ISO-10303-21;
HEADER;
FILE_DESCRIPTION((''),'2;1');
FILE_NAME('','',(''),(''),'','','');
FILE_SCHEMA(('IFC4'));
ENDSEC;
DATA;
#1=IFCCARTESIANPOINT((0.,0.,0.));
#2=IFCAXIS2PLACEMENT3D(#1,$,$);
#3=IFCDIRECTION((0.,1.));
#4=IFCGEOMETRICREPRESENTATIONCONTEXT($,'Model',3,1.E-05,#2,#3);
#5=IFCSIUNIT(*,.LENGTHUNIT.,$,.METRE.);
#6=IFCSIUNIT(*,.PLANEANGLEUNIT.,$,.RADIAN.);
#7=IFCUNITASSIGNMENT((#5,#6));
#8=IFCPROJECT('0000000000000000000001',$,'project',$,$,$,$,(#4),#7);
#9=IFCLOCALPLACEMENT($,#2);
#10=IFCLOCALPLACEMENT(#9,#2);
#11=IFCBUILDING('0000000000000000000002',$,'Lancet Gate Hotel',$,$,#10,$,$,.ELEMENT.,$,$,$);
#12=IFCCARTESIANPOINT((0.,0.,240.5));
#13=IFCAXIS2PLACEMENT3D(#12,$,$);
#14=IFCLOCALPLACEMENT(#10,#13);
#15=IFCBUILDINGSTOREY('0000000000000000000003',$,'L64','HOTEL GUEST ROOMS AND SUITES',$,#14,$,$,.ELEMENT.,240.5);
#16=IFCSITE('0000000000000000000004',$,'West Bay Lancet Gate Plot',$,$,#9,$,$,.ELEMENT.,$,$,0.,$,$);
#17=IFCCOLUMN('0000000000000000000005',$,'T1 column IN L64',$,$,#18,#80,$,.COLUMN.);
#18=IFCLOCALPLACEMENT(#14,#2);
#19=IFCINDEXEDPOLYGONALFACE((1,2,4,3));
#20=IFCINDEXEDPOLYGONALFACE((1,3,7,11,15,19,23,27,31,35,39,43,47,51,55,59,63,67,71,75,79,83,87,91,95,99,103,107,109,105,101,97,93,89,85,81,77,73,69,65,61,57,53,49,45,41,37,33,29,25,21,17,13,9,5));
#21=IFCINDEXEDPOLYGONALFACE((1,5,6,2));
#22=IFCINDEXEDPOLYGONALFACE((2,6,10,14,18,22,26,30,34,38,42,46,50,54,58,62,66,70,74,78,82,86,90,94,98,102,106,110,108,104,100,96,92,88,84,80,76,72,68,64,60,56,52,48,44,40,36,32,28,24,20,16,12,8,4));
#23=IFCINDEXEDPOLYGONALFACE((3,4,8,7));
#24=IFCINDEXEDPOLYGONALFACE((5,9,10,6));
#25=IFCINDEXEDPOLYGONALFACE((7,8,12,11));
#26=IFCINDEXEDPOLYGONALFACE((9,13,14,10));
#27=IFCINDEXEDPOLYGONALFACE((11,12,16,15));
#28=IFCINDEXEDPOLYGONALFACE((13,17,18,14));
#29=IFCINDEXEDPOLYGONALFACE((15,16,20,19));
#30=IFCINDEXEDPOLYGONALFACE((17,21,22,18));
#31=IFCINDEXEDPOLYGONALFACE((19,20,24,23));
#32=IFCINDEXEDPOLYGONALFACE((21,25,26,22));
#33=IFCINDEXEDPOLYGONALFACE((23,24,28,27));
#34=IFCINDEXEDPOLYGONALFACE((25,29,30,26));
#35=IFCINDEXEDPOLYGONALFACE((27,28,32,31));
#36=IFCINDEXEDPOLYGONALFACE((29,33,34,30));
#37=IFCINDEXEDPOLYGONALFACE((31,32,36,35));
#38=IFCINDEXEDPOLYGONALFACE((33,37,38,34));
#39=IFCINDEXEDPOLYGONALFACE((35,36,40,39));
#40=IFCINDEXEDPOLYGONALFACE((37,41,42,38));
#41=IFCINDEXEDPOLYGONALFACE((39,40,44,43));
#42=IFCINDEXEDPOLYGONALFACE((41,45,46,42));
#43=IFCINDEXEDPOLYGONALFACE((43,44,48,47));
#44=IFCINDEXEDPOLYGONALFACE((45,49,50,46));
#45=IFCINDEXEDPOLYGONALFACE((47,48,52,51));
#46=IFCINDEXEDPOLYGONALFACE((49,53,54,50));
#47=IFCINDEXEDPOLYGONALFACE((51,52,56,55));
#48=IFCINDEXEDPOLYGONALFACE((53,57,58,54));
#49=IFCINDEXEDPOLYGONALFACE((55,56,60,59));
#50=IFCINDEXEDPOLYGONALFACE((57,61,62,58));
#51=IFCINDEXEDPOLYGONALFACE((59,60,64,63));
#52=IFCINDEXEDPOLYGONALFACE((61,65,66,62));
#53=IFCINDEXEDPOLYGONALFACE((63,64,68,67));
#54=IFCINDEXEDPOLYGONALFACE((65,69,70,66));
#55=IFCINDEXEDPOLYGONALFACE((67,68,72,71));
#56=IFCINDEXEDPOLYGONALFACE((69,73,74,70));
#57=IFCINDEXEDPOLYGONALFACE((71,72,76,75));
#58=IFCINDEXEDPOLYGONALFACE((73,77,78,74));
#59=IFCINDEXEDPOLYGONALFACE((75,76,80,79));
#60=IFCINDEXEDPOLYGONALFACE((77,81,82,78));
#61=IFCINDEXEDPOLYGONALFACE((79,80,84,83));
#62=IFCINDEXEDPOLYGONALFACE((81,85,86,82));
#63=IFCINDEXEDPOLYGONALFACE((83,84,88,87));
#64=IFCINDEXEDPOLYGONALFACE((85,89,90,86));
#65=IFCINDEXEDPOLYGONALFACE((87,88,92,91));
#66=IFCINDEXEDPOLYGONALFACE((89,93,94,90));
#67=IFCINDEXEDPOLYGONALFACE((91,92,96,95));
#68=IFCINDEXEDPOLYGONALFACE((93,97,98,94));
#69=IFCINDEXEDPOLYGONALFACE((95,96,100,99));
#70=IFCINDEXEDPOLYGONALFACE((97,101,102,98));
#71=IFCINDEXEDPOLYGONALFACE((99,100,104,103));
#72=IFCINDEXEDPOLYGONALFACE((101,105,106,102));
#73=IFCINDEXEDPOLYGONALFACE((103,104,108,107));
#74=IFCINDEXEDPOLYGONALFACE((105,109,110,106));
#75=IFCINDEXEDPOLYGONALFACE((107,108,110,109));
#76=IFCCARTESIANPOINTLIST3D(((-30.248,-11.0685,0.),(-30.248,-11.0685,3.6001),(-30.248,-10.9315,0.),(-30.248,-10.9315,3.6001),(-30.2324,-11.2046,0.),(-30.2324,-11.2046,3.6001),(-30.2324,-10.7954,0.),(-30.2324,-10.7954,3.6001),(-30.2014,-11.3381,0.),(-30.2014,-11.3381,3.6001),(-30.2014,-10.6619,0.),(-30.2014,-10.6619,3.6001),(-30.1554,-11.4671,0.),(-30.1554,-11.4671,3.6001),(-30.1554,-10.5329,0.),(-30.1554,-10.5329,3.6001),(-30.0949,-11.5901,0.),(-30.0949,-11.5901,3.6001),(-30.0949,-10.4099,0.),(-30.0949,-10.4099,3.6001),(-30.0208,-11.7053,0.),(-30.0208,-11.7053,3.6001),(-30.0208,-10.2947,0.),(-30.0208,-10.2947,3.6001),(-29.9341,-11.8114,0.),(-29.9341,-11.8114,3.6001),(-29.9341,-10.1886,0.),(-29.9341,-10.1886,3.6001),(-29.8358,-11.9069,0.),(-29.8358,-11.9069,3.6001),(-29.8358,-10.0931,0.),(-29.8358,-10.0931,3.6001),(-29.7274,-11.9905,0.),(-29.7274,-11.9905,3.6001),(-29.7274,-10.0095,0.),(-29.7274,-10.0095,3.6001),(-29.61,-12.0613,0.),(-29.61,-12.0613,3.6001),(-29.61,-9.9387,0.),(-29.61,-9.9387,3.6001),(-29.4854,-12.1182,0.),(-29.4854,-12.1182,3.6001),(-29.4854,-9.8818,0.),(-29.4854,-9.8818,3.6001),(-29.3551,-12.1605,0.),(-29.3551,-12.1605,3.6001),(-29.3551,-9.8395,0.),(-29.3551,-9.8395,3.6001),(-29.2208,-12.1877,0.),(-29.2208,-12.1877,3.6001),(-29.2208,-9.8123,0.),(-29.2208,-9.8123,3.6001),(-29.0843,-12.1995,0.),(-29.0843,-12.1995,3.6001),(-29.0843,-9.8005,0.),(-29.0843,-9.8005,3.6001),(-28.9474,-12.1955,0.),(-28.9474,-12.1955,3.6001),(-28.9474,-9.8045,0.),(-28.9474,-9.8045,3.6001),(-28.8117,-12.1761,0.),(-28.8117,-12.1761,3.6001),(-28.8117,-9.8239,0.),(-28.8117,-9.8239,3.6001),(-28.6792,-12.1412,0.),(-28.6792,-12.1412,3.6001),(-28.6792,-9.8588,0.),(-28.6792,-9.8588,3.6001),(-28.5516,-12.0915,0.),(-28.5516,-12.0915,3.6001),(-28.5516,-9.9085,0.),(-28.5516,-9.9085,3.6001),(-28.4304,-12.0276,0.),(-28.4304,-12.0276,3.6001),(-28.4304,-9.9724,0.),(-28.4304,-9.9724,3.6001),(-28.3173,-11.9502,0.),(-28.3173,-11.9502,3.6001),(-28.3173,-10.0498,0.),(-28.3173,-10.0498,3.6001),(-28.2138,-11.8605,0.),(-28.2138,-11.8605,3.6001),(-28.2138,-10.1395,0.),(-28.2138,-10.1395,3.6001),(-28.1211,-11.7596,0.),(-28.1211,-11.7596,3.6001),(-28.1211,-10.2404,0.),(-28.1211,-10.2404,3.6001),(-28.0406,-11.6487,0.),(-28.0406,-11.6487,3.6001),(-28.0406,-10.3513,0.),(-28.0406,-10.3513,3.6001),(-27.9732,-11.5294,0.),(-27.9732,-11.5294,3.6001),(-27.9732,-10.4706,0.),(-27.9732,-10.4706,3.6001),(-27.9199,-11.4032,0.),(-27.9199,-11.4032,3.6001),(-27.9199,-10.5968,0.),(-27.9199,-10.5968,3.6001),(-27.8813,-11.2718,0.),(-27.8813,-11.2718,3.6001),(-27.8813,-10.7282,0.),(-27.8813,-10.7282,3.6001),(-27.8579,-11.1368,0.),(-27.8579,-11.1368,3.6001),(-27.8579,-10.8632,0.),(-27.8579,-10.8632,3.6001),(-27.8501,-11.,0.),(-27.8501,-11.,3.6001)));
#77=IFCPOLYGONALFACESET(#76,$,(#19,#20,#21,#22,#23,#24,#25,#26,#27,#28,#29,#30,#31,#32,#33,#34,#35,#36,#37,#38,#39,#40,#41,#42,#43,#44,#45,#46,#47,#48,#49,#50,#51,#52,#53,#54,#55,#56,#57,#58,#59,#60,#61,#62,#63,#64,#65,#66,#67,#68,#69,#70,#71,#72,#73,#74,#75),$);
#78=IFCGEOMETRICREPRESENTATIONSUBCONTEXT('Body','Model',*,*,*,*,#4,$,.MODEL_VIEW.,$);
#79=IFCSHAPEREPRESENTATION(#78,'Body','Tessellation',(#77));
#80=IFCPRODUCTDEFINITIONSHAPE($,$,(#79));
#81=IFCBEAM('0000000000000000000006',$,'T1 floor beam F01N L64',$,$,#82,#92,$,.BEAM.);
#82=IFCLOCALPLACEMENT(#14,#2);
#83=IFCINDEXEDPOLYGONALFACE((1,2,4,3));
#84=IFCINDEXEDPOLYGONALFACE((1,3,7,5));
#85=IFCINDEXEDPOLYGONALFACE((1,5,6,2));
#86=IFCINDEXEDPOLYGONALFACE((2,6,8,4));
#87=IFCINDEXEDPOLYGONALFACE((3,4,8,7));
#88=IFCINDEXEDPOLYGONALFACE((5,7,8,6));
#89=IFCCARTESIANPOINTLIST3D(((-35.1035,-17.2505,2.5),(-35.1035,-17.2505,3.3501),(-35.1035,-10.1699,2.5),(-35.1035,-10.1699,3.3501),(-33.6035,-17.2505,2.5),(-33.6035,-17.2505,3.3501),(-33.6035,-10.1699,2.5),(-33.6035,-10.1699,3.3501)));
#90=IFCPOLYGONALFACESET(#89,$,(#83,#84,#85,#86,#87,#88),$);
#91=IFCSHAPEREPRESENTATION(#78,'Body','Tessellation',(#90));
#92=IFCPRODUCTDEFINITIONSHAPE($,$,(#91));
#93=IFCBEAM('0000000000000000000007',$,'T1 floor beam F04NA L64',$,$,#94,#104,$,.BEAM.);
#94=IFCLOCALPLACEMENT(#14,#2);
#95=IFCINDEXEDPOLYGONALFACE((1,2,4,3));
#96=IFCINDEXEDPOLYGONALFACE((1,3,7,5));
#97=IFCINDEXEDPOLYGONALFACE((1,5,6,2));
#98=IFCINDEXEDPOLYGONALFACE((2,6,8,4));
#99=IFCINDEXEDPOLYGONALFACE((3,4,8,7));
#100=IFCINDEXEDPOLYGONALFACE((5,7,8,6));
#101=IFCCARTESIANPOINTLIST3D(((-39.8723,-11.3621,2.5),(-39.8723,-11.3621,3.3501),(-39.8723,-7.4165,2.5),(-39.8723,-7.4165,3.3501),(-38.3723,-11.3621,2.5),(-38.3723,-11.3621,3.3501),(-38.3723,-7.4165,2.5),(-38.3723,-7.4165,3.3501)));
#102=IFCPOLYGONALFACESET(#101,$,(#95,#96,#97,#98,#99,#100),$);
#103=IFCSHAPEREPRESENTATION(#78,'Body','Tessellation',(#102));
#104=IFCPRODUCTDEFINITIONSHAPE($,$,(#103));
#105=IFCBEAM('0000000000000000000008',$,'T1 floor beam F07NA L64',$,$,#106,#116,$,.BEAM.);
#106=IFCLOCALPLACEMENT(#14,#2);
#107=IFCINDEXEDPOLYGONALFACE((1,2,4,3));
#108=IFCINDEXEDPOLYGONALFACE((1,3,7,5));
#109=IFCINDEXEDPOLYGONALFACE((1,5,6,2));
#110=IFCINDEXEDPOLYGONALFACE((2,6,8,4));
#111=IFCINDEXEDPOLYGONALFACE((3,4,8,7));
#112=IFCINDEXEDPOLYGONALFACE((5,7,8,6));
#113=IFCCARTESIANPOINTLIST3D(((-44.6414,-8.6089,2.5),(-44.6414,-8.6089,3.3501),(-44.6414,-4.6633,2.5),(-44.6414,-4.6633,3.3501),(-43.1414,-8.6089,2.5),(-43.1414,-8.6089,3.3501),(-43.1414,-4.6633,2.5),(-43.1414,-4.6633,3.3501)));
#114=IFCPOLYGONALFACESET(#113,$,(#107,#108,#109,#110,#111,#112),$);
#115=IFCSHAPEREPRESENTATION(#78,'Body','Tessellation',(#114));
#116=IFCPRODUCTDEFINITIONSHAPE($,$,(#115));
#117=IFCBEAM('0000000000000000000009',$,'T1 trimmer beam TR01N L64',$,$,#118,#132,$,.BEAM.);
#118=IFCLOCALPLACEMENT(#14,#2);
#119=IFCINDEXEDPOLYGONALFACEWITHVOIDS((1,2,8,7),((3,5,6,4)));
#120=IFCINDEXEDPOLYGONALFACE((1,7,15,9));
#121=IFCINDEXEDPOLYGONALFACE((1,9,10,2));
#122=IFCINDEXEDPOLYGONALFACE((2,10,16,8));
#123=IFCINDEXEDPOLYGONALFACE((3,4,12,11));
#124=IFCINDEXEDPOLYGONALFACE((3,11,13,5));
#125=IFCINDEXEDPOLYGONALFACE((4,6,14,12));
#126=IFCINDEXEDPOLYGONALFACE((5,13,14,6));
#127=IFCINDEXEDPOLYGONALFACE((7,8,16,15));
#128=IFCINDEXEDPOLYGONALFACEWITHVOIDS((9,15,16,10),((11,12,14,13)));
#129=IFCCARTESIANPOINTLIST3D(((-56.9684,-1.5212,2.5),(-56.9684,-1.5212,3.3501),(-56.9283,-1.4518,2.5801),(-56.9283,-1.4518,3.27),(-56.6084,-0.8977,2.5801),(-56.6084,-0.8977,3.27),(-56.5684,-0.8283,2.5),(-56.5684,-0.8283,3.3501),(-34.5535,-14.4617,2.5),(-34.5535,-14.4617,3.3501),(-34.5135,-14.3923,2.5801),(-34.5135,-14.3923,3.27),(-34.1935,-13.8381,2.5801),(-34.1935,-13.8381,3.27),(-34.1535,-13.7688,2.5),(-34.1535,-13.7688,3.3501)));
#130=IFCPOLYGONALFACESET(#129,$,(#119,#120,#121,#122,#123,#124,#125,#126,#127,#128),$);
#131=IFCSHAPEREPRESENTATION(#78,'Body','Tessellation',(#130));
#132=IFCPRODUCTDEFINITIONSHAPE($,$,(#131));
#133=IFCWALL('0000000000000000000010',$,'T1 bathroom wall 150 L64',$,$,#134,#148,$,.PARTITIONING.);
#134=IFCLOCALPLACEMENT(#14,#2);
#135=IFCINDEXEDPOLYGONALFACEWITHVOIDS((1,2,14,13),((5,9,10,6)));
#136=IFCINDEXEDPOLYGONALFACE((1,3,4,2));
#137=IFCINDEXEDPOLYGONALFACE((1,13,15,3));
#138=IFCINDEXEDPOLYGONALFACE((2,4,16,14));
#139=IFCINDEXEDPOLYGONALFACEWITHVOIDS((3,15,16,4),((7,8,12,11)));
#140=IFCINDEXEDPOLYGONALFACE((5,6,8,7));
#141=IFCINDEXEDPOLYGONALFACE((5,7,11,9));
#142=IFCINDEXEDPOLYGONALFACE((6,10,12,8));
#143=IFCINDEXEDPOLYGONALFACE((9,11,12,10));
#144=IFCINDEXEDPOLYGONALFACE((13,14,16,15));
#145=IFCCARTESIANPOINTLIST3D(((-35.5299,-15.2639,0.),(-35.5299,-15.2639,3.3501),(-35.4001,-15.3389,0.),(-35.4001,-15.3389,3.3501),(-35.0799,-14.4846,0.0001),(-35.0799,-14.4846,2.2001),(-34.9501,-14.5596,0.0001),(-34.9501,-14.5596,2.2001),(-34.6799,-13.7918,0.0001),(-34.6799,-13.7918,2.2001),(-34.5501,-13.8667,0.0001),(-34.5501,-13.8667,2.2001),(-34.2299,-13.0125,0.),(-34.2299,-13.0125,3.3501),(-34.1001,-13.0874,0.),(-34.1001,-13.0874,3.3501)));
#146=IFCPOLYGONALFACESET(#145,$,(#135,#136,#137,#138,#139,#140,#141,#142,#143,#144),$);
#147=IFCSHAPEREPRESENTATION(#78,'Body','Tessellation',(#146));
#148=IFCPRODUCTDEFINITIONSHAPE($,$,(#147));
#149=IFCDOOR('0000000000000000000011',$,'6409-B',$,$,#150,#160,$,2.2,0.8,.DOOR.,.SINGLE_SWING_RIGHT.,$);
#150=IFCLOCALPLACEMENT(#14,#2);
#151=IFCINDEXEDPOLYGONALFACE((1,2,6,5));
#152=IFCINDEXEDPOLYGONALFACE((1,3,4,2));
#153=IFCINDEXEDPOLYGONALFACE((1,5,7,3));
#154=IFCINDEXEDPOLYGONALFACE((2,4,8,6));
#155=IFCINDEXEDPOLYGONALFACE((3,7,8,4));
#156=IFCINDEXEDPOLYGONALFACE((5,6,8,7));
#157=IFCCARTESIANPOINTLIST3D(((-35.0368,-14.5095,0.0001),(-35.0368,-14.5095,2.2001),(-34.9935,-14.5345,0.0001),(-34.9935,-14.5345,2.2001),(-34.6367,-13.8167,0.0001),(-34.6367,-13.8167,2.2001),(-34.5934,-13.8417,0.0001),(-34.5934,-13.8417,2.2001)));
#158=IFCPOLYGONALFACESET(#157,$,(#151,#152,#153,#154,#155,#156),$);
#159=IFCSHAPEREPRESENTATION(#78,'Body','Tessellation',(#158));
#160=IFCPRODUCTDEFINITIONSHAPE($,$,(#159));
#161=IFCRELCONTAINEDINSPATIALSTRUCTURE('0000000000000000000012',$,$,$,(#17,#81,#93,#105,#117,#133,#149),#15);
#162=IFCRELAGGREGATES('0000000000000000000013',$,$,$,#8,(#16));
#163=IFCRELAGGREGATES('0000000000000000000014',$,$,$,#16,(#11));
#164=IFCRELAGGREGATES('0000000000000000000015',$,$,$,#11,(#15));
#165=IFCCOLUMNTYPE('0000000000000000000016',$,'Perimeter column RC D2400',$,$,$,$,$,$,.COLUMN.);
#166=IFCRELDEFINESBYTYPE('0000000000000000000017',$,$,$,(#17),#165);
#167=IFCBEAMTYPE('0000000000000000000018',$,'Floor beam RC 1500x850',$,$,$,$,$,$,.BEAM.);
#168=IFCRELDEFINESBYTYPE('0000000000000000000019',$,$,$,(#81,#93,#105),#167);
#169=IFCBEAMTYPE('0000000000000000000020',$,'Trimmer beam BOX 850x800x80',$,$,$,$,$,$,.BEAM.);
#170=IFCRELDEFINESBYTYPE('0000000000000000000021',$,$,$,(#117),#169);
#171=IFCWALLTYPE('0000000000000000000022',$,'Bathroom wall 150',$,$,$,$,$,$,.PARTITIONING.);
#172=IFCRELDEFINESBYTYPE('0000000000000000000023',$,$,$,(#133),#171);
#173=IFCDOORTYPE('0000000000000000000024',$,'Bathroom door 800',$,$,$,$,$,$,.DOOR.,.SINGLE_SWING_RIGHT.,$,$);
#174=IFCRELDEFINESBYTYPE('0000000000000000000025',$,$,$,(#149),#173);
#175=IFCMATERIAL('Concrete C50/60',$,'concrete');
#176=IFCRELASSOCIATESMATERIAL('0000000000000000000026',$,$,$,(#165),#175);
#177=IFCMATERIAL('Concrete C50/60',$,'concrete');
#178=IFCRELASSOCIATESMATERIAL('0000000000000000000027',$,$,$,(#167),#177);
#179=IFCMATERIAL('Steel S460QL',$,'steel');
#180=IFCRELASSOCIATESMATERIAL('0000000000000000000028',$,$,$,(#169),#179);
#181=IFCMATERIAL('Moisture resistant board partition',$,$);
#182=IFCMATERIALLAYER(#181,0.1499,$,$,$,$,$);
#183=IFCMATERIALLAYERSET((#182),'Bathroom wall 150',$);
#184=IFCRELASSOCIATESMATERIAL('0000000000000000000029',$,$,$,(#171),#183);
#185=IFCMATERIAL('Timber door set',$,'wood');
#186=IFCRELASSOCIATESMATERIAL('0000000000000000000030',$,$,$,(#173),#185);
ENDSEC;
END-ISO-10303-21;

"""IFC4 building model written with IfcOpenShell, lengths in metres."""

from ifc_helpers import new_model, si_unit, direction, frame, frame_2d, origin, origin_2d, place, context, subcontext, project, spatial, rectangle, hollow_rectangle, circle, extrude, material, layer, layer_set, material_profile, profile_set, type_object, element, fill, save


model = new_model("IFC4")

# Units and contexts
model_context = context("Model", 3, precision=1e-05, world=origin(), true_north=direction((0.0, 1.0)))
body_context = subcontext(model_context, "Body", "Model", "MODEL_VIEW")
ifc_project = project(units=[si_unit("LENGTHUNIT", "METRE"), si_unit("PLANEANGLEUNIT", "RADIAN")], contexts=[model_context])

# Site, building, storey
site_placement = place(None, origin())
site = spatial("IfcSite", under=ifc_project, at=site_placement, Name="West Bay Lancet Gate Plot", CompositionType="ELEMENT", RefElevation=0.0)
building_placement = place(site_placement, origin())
building = spatial("IfcBuilding", under=site, at=building_placement, Name="Lancet Gate Hotel", CompositionType="ELEMENT")
storey_placement = place(building_placement, frame((0.0, 0.0, 240.5)))
storey = spatial("IfcBuildingStorey", under=building, at=storey_placement, Name="L64", Description="HOTEL GUEST ROOMS AND SUITES", CompositionType="ELEMENT", Elevation=240.5)

# Column
ifc_material_1 = material(Name="Concrete C50/60", Category="concrete")
ifc_material_profile_1 = material_profile(ifc_material_1, circle(Radius=1.2, at=origin_2d()), Name="RC D2400")
ifc_profile_set_1 = profile_set([ifc_material_profile_1], Name="Concrete C50/60")
column_type = type_object("IfcColumnType", Name="Perimeter column RC D2400", PredefinedType="COLUMN", material=ifc_profile_set_1)
column_placement = place(storey_placement, frame((-29.05, -11.0, 0.0), z_axis=(0.0, 0.0, 1.0), x_axis=(1.0, 0.0, 0.0)))
element("IfcColumn", 1, at=column_placement, inside=storey, type_object=column_type, Name="T1 column IN L64", PredefinedType="COLUMN", context=body_context, shape_type="SweptSolid", body=[
    extrude(circle(Radius=1.2, at=origin_2d()), origin(), (0.0, 0.0, 1.0), 3.6001),
])

# Beams
ifc_material_2 = material(Name="Concrete C50/60", Category="concrete")
ifc_material_profile_2 = material_profile(ifc_material_2, rectangle(XDim=1.5, YDim=0.8501, at=origin_2d()), Name="RC 1500x850")
ifc_profile_set_2 = profile_set([ifc_material_profile_2], Name="Concrete C50/60")
beam_type_1 = type_object("IfcBeamType", Name="Floor beam RC 1500x850", PredefinedType="BEAM", material=ifc_profile_set_2)
beam_1_placement = place(storey_placement, frame((-34.3535, -10.1699, 2.925), z_axis=(0.0, -1.0, 0.0), x_axis=(1.0, 0.0, 0.0)))
element("IfcBeam", 2, at=beam_1_placement, inside=storey, type_object=beam_type_1, Name="T1 floor beam F01N L64", PredefinedType="BEAM", context=body_context, shape_type="SweptSolid", body=[
    extrude(rectangle(XDim=1.5, YDim=0.8501, at=origin_2d()), origin(), (0.0, 0.0, 1.0), 7.0806),
])
for number, where, z_axis, x_axis, name in (
    (3, (-39.1223, -7.4165, 2.925), (0.0, -1.0, 0.0), (1.0, 0.0, 0.0), "T1 floor beam F04NA L64"),
    (4, (-43.8914, -4.6633, 2.925), (0.0, -1.0, 0.0), (1.0, 0.0, 0.0), "T1 floor beam F07NA L64"),
):
    element("IfcBeam", number, at=place(storey_placement, frame(where, z_axis=z_axis, x_axis=x_axis)), inside=storey, type_object=beam_type_1, Name=name, PredefinedType="BEAM", context=body_context, shape_type="SweptSolid", body=[
        extrude(rectangle(XDim=1.5, YDim=0.8501, at=origin_2d()), origin(), (0.0, 0.0, 1.0), 3.9456),
    ])
ifc_material_3 = material(Name="Steel S460QL", Category="steel")
ifc_material_profile_3 = material_profile(ifc_material_3, hollow_rectangle(XDim=0.8, YDim=0.8501, WallThickness=0.0801, at=origin_2d()), Name="BOX 850x800x80")
ifc_profile_set_3 = profile_set([ifc_material_profile_3], Name="Steel S460QL")
beam_type_2 = type_object("IfcBeamType", Name="Trimmer beam BOX 850x800x80", PredefinedType="BEAM", material=ifc_profile_set_3)
beam_2_placement = place(storey_placement, frame((-34.3535, -14.1152, 2.925), z_axis=(-0.866038, 0.499978, 0.0), x_axis=(-0.499978, -0.866038, 0.0)))
element("IfcBeam", 5, at=beam_2_placement, inside=storey, type_object=beam_type_2, Name="T1 trimmer beam TR01N L64", PredefinedType="BEAM", context=body_context, shape_type="SweptSolid", body=[
    extrude(hollow_rectangle(XDim=0.8, YDim=0.8501, WallThickness=0.0801, at=origin_2d()), origin(), (0.0, 0.0, 1.0), 25.8821),
])

# Wall, opening, door
ifc_material_4 = material(Name="Moisture resistant board partition")
ifc_layer_1 = layer(ifc_material_4, 0.1499)
ifc_layer_set_1 = layer_set([ifc_layer_1], Name="Bathroom wall 150")
wall_type_1 = type_object("IfcWallType", Name="Bathroom wall 150", PredefinedType="PARTITIONING", material=ifc_layer_set_1)
wall_1_placement = place(storey_placement, frame((-34.165, -13.05, 0.0), z_axis=(0.0, 0.0, 1.0), x_axis=(-0.500048, -0.865998, 0.0)))
wall_1 = element("IfcWall", 6, at=wall_1_placement, inside=storey, type_object=wall_type_1, Name="T1 bathroom wall 150 L64", PredefinedType="PARTITIONING", context=body_context, shape_type="SweptSolid", body=[
    extrude(rectangle(XDim=2.5999, YDim=0.1499, at=frame_2d((1.2998, 0.0))), origin(), (0.0, 0.0, 1.0), 3.3501),
])
opening_1_placement = place(wall_1_placement, frame((0.8999, 0.0, 0.0)))
opening_1 = element("IfcOpeningElement", 7, at=opening_1_placement, cuts=wall_1, PredefinedType="OPENING", context=body_context, shape_type="SweptSolid", body=[
    extrude(rectangle(XDim=0.8, YDim=2.2, at=frame_2d((0.3999, 1.1001))), frame((0.0, 0.085, 0.0), z_axis=(0.0, -1.0, 0.0), x_axis=(1.0, 0.0, 0.0)), (0.0, 0.0, 1.0), 0.1699),
])
ifc_material_5 = material(Name="Timber door set", Category="wood")
door_type_1 = type_object("IfcDoorType", Name="Bathroom door 800", OperationType="SINGLE_SWING_RIGHT", PredefinedType="DOOR", material=ifc_material_5)
door_1_placement = place(opening_1_placement, origin())
door_1 = element("IfcDoor", 8, at=door_1_placement, inside=storey, type_object=door_type_1, Name="6409-B", OperationType="SINGLE_SWING_RIGHT", OverallHeight=2.2, OverallWidth=0.8, PredefinedType="DOOR", context=body_context, shape_type="SweptSolid", body=[
    extrude(rectangle(XDim=0.8, YDim=2.2, at=frame_2d((0.3999, 1.1001))), frame((0.0, 0.0249, 0.0), z_axis=(0.0, -1.0, 0.0), x_axis=(1.0, 0.0, 0.0)), (0.0, 0.0, 1.0), 0.05),
])
fill(opening_1, door_1)

save(model, "model.ifc")
